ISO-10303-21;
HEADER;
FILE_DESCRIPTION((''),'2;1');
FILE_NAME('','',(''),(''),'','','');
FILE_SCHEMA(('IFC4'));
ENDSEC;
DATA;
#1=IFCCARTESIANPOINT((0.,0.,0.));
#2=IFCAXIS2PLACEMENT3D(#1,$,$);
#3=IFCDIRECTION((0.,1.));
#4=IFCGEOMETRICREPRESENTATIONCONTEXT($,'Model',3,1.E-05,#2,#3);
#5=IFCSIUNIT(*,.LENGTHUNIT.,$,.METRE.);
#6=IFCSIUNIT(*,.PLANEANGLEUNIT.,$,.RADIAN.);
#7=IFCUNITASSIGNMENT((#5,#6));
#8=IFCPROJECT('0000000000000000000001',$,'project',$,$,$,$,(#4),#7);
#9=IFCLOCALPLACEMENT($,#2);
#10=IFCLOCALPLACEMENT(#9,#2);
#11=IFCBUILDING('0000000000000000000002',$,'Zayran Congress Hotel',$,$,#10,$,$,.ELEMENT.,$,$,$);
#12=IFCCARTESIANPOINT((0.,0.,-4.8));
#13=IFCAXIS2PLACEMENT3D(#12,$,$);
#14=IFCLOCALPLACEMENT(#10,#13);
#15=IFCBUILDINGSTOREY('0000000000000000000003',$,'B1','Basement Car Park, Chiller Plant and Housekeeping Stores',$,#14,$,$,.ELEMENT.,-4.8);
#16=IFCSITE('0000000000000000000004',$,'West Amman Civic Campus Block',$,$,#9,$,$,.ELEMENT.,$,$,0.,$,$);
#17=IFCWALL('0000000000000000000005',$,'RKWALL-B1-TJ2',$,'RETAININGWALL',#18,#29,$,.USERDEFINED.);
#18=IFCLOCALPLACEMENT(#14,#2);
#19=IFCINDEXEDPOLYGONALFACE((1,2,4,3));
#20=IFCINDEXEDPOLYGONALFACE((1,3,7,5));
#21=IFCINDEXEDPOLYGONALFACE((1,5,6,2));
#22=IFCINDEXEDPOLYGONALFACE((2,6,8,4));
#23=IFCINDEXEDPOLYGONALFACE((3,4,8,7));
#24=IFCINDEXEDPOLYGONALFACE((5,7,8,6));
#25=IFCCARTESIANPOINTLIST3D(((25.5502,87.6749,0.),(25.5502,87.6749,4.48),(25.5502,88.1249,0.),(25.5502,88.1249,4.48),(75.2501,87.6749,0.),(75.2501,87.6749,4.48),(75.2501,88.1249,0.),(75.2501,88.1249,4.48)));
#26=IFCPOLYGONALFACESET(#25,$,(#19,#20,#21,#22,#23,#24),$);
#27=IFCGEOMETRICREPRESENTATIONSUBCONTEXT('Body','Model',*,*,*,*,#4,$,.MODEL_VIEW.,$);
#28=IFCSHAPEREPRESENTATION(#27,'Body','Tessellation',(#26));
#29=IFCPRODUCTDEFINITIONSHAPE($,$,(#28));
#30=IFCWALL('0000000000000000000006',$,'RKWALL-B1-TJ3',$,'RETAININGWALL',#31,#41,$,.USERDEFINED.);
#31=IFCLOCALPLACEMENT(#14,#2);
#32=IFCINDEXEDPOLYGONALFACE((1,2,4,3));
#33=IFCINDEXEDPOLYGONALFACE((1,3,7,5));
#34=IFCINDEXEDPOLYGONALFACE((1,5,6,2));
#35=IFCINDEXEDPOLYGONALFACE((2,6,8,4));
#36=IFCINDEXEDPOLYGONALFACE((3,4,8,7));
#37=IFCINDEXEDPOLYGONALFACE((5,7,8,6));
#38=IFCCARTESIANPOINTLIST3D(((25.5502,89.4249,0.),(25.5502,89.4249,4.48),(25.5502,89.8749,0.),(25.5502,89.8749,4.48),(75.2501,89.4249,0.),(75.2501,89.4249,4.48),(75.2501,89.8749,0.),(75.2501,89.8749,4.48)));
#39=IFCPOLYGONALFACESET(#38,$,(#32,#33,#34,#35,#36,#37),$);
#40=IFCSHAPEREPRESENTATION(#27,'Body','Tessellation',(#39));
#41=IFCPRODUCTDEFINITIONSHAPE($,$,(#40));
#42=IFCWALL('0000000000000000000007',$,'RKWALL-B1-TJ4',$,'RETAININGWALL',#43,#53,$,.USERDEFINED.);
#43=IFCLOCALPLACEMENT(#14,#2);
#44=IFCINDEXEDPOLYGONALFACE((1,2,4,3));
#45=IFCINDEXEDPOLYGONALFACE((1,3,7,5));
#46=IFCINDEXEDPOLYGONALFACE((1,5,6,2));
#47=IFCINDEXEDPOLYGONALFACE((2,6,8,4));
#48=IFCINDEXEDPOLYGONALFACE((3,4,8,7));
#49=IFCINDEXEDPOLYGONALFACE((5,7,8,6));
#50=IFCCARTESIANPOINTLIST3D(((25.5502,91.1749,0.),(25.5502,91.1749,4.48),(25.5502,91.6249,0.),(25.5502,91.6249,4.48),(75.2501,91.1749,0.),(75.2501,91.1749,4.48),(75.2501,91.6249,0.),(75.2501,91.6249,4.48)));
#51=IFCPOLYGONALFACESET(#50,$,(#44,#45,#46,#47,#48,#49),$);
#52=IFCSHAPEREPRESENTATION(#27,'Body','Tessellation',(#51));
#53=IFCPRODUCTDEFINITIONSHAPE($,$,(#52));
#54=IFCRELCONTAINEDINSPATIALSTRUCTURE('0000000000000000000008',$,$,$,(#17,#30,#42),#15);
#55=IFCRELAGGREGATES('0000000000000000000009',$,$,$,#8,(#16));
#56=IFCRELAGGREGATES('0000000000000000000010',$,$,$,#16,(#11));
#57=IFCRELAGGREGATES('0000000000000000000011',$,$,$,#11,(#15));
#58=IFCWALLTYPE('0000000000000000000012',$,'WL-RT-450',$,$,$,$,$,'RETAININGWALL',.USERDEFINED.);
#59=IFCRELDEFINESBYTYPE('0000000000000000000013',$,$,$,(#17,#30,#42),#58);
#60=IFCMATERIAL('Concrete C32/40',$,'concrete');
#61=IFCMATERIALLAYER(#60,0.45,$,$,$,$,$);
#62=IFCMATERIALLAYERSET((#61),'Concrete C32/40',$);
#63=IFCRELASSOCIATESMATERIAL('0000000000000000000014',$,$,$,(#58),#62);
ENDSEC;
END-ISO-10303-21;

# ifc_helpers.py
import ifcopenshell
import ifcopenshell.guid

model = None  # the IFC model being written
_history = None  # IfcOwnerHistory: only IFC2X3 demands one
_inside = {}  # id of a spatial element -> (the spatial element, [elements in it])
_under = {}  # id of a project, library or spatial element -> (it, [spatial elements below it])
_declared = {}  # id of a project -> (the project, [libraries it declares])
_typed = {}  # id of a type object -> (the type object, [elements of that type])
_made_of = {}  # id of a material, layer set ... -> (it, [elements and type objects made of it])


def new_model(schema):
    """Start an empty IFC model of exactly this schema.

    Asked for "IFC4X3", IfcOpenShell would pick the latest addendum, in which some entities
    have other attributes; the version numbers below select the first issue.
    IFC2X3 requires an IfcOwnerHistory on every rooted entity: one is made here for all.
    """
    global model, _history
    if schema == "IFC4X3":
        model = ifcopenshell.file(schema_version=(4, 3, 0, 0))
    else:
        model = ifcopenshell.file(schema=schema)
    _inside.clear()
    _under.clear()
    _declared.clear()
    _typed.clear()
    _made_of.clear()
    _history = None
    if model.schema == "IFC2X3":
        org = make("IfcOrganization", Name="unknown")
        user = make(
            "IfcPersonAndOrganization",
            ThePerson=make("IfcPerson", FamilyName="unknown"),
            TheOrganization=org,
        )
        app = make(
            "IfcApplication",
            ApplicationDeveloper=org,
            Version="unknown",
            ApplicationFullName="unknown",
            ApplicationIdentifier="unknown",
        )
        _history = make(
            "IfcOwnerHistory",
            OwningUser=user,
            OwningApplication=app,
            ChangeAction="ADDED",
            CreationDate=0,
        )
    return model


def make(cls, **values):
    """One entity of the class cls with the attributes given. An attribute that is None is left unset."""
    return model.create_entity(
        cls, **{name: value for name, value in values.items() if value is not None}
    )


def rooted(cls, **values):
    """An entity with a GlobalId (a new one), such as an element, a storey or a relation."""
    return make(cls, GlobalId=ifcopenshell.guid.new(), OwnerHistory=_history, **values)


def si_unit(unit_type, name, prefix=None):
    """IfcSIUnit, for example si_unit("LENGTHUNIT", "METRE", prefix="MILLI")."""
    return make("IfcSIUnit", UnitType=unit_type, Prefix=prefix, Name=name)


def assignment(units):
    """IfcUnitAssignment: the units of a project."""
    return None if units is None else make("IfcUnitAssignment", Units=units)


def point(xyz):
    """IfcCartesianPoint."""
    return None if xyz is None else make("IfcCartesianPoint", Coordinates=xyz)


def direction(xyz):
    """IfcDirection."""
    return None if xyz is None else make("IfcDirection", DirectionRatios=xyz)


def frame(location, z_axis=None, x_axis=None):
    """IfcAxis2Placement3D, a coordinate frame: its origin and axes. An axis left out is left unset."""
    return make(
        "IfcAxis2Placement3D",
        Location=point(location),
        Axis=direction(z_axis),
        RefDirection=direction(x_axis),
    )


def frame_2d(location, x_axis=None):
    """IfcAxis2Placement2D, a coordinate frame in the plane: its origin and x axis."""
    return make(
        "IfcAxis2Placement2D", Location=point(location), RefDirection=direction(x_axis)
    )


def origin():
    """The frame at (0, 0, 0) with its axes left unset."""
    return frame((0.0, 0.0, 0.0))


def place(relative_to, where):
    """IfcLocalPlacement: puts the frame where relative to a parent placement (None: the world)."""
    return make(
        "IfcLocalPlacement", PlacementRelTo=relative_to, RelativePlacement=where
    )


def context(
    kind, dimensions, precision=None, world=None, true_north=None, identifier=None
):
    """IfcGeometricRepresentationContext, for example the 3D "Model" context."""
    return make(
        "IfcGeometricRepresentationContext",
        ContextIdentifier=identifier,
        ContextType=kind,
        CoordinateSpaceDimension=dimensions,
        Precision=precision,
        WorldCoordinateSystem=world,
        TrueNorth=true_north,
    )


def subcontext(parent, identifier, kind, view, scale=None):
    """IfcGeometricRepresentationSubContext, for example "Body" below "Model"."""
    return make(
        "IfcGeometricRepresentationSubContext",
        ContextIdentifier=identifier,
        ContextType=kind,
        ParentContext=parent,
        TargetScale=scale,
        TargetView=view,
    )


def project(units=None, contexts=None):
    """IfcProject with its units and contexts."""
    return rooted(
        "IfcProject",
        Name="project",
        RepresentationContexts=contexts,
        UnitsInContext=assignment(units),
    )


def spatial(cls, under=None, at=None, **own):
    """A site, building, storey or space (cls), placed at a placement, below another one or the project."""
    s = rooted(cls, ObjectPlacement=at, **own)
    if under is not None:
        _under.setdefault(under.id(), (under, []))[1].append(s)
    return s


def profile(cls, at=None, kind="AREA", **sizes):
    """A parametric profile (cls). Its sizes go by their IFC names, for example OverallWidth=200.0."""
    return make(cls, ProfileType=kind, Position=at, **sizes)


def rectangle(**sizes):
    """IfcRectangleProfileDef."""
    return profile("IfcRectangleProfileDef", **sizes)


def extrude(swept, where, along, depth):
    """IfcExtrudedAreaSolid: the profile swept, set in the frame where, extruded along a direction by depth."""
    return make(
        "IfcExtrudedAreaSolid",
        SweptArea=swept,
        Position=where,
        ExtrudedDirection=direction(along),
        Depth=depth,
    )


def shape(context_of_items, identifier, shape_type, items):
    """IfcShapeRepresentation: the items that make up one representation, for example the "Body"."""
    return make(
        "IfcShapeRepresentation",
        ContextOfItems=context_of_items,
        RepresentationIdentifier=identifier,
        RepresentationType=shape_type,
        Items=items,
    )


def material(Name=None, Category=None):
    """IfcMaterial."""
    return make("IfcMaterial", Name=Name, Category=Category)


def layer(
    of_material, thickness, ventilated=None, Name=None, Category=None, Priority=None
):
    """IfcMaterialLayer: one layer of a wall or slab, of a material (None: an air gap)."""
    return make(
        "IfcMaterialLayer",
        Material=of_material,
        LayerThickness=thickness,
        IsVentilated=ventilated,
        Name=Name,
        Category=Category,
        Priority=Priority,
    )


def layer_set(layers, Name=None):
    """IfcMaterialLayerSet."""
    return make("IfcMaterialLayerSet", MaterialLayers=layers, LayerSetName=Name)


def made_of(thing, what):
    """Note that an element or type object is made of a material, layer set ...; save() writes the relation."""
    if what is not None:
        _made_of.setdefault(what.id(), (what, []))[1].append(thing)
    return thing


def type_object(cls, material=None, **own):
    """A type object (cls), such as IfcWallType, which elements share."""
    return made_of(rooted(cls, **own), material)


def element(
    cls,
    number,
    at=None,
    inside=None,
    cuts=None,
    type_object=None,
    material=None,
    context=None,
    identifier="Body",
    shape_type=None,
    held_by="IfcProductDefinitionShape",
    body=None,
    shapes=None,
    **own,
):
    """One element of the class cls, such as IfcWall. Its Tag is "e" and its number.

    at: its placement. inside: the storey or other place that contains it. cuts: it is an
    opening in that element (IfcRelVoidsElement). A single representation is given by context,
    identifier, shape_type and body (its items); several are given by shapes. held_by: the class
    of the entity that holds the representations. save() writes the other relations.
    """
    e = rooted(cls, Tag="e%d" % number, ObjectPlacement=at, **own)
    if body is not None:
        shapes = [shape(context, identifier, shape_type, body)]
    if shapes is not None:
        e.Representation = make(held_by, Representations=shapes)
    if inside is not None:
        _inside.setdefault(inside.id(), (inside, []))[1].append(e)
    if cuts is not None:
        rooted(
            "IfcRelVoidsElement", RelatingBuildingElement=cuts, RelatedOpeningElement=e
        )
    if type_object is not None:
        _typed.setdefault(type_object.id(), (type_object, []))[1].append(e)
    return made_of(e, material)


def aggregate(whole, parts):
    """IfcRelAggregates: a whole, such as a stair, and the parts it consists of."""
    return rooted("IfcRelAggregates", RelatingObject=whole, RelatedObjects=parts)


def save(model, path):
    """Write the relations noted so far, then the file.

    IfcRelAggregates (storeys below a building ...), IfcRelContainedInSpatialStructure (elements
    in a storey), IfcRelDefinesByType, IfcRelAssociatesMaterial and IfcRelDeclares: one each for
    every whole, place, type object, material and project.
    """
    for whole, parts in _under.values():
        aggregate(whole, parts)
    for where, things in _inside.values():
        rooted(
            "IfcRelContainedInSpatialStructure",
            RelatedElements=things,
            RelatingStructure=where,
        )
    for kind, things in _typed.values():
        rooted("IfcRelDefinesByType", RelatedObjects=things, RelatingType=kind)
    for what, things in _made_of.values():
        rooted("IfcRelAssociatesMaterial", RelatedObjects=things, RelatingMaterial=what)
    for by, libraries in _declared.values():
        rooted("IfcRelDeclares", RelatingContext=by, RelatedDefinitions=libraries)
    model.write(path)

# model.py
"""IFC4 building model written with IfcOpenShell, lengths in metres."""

from ifc_helpers import new_model, si_unit, direction, frame, frame_2d, origin, place, context, subcontext, project, spatial, rectangle, extrude, material, layer, layer_set, type_object, element, save


model = new_model("IFC4")

# Units and contexts
model_context = context("Model", 3, precision=1e-05, world=origin(), true_north=direction((0.0, 1.0)))
body_context = subcontext(model_context, "Body", "Model", "MODEL_VIEW")
ifc_project = project(units=[si_unit("LENGTHUNIT", "METRE"), si_unit("PLANEANGLEUNIT", "RADIAN")], contexts=[model_context])

# Site, building, storey
site_placement = place(None, origin())
site = spatial("IfcSite", under=ifc_project, at=site_placement, Name="West Amman Civic Campus Block", CompositionType="ELEMENT", RefElevation=0.0)
building_placement = place(site_placement, origin())
building = spatial("IfcBuilding", under=site, at=building_placement, Name="Zayran Congress Hotel", CompositionType="ELEMENT")
storey_placement = place(building_placement, frame((0.0, 0.0, -4.8)))
storey = spatial("IfcBuildingStorey", under=building, at=storey_placement, Name="B1", Description="Basement Car Park, Chiller Plant and Housekeeping Stores", CompositionType="ELEMENT", Elevation=-4.8)

# Walls
ifc_material_1 = material(Name="Concrete C32/40", Category="concrete")
ifc_layer = layer(ifc_material_1, 0.45)
ifc_layer_set = layer_set([ifc_layer], Name="Concrete C32/40")
wall_type = type_object("IfcWallType", Name="WL-RT-450", ElementType="RETAININGWALL", PredefinedType="USERDEFINED", material=ifc_layer_set)
for number, where, z_axis, x_axis, name in (
    (1, (25.55, 87.8999, 0.0), (0.0, 0.0, 1.0), (1.0, 0.0, 0.0), "RKWALL-B1-TJ2"),
    (2, (25.55, 89.6499, 0.0), (0.0, 0.0, 1.0), (1.0, 0.0, 0.0), "RKWALL-B1-TJ3"),
    (3, (25.55, 91.3999, 0.0), (0.0, 0.0, 1.0), (1.0, 0.0, 0.0), "RKWALL-B1-TJ4"),
):
    element("IfcWall", number, at=place(storey_placement, frame(where, z_axis=z_axis, x_axis=x_axis)), inside=storey, type_object=wall_type, Name=name, ObjectType="RETAININGWALL", PredefinedType="USERDEFINED", context=body_context, shape_type="SweptSolid", body=[
        extrude(rectangle(XDim=49.7, YDim=0.45, at=frame_2d((24.8501, 0.0))), origin(), (0.0, 0.0, 1.0), 4.48),
    ])

save(model, "model.ifc")
